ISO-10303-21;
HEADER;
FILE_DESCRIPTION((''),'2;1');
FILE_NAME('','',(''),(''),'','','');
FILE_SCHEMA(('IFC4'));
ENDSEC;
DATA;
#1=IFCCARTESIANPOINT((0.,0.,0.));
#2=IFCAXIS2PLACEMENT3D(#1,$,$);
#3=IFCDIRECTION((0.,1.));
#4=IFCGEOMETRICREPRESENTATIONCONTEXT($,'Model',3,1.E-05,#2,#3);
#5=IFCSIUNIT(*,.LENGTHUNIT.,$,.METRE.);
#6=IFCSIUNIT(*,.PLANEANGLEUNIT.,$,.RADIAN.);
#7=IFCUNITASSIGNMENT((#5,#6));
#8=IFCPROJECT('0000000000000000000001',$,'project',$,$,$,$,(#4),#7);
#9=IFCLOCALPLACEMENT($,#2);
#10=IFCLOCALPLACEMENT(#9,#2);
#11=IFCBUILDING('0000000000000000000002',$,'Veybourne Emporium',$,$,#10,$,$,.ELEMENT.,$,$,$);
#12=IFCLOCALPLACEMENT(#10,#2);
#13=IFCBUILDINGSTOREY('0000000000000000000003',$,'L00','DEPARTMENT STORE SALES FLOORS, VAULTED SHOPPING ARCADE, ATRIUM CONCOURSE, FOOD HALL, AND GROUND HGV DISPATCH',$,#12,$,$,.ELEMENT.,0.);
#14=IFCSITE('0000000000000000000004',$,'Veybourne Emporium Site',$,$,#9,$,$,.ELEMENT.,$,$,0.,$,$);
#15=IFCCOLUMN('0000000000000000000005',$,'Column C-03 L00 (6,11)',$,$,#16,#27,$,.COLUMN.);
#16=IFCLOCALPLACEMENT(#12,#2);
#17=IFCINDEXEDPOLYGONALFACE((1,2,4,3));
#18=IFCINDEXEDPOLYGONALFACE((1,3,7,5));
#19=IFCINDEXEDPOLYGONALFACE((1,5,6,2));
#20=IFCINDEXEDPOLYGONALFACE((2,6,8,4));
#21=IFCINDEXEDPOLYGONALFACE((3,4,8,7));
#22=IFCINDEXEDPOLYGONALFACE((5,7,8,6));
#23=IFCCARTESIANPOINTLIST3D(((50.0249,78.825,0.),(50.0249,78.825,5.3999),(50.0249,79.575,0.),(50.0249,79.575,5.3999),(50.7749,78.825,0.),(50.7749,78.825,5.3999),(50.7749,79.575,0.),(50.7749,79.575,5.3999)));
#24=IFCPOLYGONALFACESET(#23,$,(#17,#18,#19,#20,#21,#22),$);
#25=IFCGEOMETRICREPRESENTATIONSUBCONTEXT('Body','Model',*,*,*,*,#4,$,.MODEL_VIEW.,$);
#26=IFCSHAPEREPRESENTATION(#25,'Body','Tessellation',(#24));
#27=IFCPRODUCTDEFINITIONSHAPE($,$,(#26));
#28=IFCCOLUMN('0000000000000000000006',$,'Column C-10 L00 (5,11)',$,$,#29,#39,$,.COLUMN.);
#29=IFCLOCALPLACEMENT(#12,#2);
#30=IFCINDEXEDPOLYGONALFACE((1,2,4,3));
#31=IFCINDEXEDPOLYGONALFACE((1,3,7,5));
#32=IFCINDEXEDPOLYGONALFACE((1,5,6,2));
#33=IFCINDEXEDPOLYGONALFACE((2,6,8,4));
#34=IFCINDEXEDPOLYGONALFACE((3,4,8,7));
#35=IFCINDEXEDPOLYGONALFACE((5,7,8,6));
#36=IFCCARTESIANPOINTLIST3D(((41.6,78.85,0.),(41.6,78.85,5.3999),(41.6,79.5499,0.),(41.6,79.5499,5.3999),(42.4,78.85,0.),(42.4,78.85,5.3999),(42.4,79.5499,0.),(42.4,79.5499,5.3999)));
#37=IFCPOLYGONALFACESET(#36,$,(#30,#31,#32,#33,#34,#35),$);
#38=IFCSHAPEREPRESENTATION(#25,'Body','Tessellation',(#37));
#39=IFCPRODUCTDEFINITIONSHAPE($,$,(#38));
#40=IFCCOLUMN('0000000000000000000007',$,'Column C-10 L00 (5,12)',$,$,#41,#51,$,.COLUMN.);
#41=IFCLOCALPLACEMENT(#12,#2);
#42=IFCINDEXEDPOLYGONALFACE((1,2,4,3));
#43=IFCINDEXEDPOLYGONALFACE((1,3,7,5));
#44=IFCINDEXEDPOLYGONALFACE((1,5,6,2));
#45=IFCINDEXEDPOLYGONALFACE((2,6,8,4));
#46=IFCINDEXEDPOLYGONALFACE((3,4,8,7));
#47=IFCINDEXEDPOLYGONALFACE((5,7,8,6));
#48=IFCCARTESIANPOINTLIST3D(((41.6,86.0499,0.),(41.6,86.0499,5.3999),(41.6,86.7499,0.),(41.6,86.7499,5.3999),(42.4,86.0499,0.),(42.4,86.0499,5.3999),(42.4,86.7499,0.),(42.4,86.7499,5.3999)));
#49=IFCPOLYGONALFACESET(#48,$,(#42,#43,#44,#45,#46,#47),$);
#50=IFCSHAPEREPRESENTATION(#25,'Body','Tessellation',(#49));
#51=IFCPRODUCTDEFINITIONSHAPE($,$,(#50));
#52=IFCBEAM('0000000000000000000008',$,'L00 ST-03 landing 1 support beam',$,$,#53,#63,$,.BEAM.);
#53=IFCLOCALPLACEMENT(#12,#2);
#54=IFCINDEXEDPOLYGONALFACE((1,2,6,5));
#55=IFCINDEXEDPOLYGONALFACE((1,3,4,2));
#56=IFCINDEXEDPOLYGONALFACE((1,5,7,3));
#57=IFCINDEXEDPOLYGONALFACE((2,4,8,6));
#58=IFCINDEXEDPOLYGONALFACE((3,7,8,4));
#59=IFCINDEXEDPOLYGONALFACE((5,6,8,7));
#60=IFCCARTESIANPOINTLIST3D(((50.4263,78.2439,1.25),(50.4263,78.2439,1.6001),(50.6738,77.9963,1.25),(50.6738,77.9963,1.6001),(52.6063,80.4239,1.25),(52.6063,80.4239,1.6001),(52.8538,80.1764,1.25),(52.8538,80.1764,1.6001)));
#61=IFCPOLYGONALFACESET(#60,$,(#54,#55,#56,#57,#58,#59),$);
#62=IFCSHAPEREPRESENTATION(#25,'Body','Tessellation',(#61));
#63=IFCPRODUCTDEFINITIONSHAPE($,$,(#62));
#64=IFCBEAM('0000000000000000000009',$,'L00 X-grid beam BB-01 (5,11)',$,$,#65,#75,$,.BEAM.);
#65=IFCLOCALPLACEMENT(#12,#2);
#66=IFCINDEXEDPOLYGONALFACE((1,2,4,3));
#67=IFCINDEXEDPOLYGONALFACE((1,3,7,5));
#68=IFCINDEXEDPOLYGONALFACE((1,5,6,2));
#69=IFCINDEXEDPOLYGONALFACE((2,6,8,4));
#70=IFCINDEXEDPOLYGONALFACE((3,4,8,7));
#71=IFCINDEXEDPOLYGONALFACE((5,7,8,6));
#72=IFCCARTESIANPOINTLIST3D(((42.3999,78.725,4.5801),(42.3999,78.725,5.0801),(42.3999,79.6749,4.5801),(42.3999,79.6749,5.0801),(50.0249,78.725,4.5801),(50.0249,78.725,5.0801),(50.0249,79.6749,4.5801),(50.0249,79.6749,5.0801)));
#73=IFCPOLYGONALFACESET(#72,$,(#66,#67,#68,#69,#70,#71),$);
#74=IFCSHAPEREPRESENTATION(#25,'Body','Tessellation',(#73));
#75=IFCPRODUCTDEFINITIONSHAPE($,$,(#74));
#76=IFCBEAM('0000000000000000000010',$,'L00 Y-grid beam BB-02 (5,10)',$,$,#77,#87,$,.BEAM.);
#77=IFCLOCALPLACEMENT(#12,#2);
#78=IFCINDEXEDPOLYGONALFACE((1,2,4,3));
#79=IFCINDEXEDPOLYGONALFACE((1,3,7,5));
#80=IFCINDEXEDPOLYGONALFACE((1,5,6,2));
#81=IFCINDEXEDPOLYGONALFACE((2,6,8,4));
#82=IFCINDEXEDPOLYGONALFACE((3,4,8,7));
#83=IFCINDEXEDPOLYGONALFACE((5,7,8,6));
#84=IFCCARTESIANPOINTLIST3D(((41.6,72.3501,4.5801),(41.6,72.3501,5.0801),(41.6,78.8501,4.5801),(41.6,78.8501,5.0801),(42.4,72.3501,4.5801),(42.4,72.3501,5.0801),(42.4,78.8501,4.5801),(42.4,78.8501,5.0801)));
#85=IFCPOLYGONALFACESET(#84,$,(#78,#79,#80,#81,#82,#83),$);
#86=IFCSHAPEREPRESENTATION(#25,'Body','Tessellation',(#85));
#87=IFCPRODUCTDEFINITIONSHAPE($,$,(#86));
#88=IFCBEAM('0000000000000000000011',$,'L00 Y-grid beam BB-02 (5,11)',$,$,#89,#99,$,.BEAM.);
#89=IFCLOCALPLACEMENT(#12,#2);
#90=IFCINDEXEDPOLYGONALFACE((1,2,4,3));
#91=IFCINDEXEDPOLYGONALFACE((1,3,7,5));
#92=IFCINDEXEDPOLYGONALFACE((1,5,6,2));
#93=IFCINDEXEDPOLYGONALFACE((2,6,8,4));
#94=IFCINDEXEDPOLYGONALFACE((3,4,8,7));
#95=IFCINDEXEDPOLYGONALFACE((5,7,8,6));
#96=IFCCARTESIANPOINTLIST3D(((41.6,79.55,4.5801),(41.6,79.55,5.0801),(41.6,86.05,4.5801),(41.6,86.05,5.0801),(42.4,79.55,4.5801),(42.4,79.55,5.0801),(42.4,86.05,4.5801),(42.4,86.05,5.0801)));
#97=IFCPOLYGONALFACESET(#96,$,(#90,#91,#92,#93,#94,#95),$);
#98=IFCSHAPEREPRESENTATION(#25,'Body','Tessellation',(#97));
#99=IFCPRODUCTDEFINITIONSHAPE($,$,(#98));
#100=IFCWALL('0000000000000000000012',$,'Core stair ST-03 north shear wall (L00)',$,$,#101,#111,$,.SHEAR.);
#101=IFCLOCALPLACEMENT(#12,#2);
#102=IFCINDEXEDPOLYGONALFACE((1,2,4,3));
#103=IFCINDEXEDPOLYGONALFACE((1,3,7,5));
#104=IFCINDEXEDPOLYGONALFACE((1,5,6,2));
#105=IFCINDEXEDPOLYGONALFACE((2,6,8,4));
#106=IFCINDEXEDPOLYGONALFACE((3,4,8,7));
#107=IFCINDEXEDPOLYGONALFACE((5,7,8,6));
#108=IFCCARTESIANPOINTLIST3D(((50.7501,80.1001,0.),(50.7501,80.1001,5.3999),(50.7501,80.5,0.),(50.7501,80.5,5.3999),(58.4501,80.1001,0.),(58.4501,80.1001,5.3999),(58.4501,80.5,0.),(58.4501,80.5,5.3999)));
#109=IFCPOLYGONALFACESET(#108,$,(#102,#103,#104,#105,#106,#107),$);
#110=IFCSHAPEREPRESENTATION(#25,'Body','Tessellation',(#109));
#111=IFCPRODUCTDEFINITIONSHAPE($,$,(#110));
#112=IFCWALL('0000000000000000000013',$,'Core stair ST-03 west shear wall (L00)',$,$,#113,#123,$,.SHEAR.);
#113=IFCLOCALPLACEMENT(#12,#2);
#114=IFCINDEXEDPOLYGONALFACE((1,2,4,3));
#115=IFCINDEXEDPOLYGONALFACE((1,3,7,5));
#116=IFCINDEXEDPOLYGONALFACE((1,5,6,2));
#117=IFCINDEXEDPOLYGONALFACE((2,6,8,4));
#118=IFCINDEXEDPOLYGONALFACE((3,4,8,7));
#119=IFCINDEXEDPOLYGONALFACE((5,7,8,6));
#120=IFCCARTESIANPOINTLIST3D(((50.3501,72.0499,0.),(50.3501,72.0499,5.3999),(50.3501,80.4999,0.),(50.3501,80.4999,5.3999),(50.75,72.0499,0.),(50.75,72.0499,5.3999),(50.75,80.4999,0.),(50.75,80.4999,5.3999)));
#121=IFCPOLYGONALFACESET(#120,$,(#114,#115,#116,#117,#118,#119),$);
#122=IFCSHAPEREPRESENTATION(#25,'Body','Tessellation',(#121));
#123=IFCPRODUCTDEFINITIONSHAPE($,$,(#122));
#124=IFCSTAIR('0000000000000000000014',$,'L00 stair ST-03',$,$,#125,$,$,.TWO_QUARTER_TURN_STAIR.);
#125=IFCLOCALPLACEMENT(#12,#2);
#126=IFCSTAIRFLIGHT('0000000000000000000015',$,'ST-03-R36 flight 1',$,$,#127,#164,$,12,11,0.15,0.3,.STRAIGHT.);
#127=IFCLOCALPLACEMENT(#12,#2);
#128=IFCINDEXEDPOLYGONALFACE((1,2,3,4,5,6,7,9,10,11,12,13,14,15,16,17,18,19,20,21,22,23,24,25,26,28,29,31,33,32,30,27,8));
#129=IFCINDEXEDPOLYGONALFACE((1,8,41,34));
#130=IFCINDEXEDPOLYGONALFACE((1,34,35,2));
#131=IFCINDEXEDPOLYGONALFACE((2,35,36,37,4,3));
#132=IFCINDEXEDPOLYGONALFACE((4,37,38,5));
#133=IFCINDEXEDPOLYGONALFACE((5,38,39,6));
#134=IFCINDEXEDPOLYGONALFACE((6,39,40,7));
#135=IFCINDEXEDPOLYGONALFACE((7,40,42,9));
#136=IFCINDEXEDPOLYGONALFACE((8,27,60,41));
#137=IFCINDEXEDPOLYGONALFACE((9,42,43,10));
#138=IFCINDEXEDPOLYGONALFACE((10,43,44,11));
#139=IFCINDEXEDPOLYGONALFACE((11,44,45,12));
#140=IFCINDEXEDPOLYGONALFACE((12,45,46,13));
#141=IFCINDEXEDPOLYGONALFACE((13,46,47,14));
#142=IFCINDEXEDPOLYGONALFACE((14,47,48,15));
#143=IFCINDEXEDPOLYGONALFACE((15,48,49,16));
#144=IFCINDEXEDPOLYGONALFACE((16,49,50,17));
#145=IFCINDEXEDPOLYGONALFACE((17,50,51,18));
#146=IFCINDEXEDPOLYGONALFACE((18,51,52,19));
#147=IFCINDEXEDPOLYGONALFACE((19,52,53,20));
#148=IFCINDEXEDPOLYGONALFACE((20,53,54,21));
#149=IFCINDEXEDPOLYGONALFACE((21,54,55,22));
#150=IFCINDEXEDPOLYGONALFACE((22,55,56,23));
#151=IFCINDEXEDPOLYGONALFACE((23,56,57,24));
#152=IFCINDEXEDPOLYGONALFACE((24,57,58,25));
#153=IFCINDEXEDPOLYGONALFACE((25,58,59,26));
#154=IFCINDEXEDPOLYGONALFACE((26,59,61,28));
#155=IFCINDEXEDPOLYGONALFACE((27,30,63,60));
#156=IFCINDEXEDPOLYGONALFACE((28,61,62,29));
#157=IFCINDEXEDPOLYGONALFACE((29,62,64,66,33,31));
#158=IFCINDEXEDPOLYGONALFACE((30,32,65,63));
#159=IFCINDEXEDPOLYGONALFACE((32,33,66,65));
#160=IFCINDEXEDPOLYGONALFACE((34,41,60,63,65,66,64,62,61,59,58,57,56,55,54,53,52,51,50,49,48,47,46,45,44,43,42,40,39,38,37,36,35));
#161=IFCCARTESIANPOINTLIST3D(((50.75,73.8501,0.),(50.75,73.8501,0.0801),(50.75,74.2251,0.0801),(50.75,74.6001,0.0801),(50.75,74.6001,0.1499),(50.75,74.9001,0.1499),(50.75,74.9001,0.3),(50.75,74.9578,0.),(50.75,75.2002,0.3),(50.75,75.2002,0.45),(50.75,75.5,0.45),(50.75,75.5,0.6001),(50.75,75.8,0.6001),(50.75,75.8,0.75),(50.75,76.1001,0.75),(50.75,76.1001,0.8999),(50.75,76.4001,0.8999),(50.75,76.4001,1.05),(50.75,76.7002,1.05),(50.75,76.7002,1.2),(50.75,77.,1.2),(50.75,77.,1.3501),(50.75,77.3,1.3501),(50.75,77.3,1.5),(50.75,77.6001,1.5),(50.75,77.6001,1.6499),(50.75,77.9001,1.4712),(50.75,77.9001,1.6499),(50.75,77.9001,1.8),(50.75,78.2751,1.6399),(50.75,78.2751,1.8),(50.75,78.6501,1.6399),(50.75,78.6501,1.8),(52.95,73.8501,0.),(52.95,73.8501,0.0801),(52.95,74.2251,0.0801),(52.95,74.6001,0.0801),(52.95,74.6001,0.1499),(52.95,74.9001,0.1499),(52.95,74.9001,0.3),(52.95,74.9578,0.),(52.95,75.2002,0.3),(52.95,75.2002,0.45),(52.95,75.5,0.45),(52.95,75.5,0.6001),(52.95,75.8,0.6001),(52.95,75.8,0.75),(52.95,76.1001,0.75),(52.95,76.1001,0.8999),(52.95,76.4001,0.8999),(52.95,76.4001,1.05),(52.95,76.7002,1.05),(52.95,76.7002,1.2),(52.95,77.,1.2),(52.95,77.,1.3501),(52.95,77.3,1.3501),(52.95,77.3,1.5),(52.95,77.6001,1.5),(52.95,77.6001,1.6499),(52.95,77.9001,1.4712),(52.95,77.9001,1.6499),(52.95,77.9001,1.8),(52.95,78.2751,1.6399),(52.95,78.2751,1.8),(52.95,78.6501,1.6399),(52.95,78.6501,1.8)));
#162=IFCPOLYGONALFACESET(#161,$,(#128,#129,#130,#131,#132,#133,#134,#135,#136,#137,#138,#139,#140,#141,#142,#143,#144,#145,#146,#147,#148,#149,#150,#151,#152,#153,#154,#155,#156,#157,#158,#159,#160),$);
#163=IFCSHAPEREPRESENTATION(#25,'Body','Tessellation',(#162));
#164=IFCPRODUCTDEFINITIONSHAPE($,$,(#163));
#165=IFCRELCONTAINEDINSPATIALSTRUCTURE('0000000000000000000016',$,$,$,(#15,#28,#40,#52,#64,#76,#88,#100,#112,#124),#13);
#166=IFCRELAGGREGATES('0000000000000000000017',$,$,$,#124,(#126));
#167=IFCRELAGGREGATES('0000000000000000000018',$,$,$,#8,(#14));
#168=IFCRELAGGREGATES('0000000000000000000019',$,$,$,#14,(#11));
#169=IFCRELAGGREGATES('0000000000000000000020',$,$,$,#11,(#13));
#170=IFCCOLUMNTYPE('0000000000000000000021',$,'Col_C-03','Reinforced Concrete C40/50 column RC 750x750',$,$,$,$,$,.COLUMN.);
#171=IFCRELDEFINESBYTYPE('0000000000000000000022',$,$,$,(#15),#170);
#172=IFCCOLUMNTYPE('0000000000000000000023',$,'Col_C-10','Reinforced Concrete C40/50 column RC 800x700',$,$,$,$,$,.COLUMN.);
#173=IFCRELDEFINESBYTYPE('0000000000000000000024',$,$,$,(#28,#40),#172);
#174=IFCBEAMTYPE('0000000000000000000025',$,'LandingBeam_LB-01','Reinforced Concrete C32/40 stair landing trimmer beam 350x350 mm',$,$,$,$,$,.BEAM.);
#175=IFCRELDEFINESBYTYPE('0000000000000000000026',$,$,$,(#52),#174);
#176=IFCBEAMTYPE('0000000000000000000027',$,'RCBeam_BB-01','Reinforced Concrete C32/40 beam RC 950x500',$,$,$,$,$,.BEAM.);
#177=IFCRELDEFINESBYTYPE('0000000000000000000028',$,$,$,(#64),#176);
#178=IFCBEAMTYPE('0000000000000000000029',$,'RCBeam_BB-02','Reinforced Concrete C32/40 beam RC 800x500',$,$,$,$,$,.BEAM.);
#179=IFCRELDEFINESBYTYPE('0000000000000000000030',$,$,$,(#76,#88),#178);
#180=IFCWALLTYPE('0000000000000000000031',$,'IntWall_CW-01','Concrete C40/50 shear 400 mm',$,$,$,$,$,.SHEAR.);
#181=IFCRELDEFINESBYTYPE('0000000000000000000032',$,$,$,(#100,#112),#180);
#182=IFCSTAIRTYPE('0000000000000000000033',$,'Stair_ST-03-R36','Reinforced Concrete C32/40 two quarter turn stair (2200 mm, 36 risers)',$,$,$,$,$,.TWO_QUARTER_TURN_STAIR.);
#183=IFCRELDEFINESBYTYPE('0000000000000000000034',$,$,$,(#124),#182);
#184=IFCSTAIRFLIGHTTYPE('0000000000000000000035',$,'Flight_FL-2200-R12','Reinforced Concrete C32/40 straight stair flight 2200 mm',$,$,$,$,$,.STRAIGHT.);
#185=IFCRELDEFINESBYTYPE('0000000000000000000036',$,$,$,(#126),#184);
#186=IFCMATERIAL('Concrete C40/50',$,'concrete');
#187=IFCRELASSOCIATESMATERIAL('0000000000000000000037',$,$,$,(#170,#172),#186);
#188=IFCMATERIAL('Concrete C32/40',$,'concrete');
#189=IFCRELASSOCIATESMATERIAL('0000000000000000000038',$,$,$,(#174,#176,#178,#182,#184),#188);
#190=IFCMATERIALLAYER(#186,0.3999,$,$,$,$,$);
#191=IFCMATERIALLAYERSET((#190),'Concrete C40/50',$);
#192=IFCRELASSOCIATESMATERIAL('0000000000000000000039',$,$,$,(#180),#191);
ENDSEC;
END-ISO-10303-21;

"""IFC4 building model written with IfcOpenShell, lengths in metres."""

from ifc_helpers import new_model, si_unit, direction, frame, frame_2d, origin, origin_2d, place, context, subcontext, project, spatial, polyline, rectangle, outline, extrude, material, layer, layer_set, material_profile, profile_set, type_object, element, aggregate, save


model = new_model("IFC4")

# Units and contexts
model_context = context("Model", 3, precision=1e-05, world=origin(), true_north=direction((0.0, 1.0)))
body_context = subcontext(model_context, "Body", "Model", "MODEL_VIEW")
ifc_project = project(units=[si_unit("LENGTHUNIT", "METRE"), si_unit("PLANEANGLEUNIT", "RADIAN")], contexts=[model_context])

# Site, building, storey
site_placement = place(None, origin())
site = spatial("IfcSite", under=ifc_project, at=site_placement, Name="Veybourne Emporium Site", CompositionType="ELEMENT", RefElevation=0.0)
building_placement = place(site_placement, origin())
building = spatial("IfcBuilding", under=site, at=building_placement, Name="Veybourne Emporium", CompositionType="ELEMENT")
storey_placement = place(building_placement, origin())
storey = spatial("IfcBuildingStorey", under=building, at=storey_placement, Name="L00", Description="DEPARTMENT STORE SALES FLOORS, VAULTED SHOPPING ARCADE, ATRIUM CONCOURSE, FOOD HALL, AND GROUND HGV DISPATCH", CompositionType="ELEMENT", Elevation=0.0)

# Columns
ifc_material_1 = material(Name="Concrete C40/50", Category="concrete")
ifc_material_profile_1 = material_profile(ifc_material_1, rectangle(XDim=0.75, YDim=0.75, at=origin_2d()), Name="RC 750x750")
ifc_profile_set_1 = profile_set([ifc_material_profile_1], Name="Concrete C40/50")
column_type_1 = type_object("IfcColumnType", Name="Col_C-03", Description="Reinforced Concrete C40/50 column RC 750x750", PredefinedType="COLUMN", material=ifc_profile_set_1)
column_placement = place(storey_placement, frame((50.3999, 79.2, 0.0), z_axis=(0.0, 0.0, 1.0), x_axis=(1.0, 0.0, 0.0)))
element("IfcColumn", 1, at=column_placement, inside=storey, type_object=column_type_1, Name="Column C-03 L00 (6,11)", PredefinedType="COLUMN", context=body_context, shape_type="SweptSolid", body=[
    extrude(rectangle(XDim=0.75, YDim=0.75, at=origin_2d()), origin(), (0.0, 0.0, 1.0), 5.3999),
])
ifc_material_profile_2 = material_profile(ifc_material_1, rectangle(XDim=0.8, YDim=0.7, at=origin_2d()), Name="RC 800x700")
ifc_profile_set_2 = profile_set([ifc_material_profile_2], Name="Concrete C40/50")
column_type_2 = type_object("IfcColumnType", Name="Col_C-10", Description="Reinforced Concrete C40/50 column RC 800x700", PredefinedType="COLUMN", material=ifc_profile_set_2)
for number, where, z_axis, x_axis, name in (
    (2, (42.0, 79.2, 0.0), (0.0, 0.0, 1.0), (1.0, 0.0, 0.0), "Column C-10 L00 (5,11)"),
    (3, (42.0, 86.3999, 0.0), (0.0, 0.0, 1.0), (1.0, 0.0, 0.0), "Column C-10 L00 (5,12)"),
):
    element("IfcColumn", number, at=place(storey_placement, frame(where, z_axis=z_axis, x_axis=x_axis)), inside=storey, type_object=column_type_2, Name=name, PredefinedType="COLUMN", context=body_context, shape_type="SweptSolid", body=[
        extrude(rectangle(XDim=0.8, YDim=0.7, at=origin_2d()), origin(), (0.0, 0.0, 1.0), 5.3999),
    ])

# Beams
ifc_material_2 = material(Name="Concrete C32/40", Category="concrete")
ifc_material_profile_3 = material_profile(ifc_material_2, rectangle(XDim=0.3501, YDim=0.3501, at=origin_2d()), Name="RC 350x350")
ifc_profile_set_3 = profile_set([ifc_material_profile_3], Name="Concrete C32/40")
beam_type_1 = type_object("IfcBeamType", Name="LandingBeam_LB-01", Description="Reinforced Concrete C32/40 stair landing trimmer beam 350x350 mm", PredefinedType="BEAM", material=ifc_profile_set_3)
beam_1_placement = place(storey_placement, frame((50.55, 78.1201, 1.425), z_axis=(0.707107, 0.707107, 0.0), x_axis=(-0.707107, 0.707107, 0.0)))
element("IfcBeam", 4, at=beam_1_placement, inside=storey, type_object=beam_type_1, Name="L00 ST-03 landing 1 support beam", PredefinedType="BEAM", context=body_context, shape_type="SweptSolid", body=[
    extrude(rectangle(XDim=0.3501, YDim=0.3501, at=origin_2d()), origin(), (0.0, 0.0, 1.0), 3.083),
])
ifc_material_profile_4 = material_profile(ifc_material_2, rectangle(XDim=0.95, YDim=0.5, at=origin_2d()), Name="RC 950x500")
ifc_profile_set_4 = profile_set([ifc_material_profile_4], Name="Concrete C32/40")
beam_type_2 = type_object("IfcBeamType", Name="RCBeam_BB-01", Description="Reinforced Concrete C32/40 beam RC 950x500", PredefinedType="BEAM", material=ifc_profile_set_4)
beam_2_placement = place(storey_placement, frame((42.3999, 79.2, 4.8301), z_axis=(1.0, 0.0, 0.0), x_axis=(0.0, 1.0, 0.0)))
element("IfcBeam", 5, at=beam_2_placement, inside=storey, type_object=beam_type_2, Name="L00 X-grid beam BB-01 (5,11)", PredefinedType="BEAM", context=body_context, shape_type="SweptSolid", body=[
    extrude(rectangle(XDim=0.95, YDim=0.5, at=origin_2d()), origin(), (0.0, 0.0, 1.0), 7.625),
])
ifc_material_profile_5 = material_profile(ifc_material_2, rectangle(XDim=0.8, YDim=0.5, at=origin_2d()), Name="RC 800x500")
ifc_profile_set_5 = profile_set([ifc_material_profile_5], Name="Concrete C32/40")
beam_type_3 = type_object("IfcBeamType", Name="RCBeam_BB-02", Description="Reinforced Concrete C32/40 beam RC 800x500", PredefinedType="BEAM", material=ifc_profile_set_5)
for number, where, z_axis, x_axis, name in (
    (6, (42.0, 72.3501, 4.8301), (0.0, 1.0, 0.0), (-1.0, 0.0, 0.0), "L00 Y-grid beam BB-02 (5,10)"),
    (7, (42.0, 79.55, 4.8301), (0.0, 1.0, 0.0), (-1.0, 0.0, 0.0), "L00 Y-grid beam BB-02 (5,11)"),
):
    element("IfcBeam", number, at=place(storey_placement, frame(where, z_axis=z_axis, x_axis=x_axis)), inside=storey, type_object=beam_type_3, Name=name, PredefinedType="BEAM", context=body_context, shape_type="SweptSolid", body=[
        extrude(rectangle(XDim=0.8, YDim=0.5, at=origin_2d()), origin(), (0.0, 0.0, 1.0), 6.5),
    ])

# Walls
ifc_layer_1 = layer(ifc_material_1, 0.3999)
ifc_layer_set_1 = layer_set([ifc_layer_1], Name="Concrete C40/50")
wall_type_1 = type_object("IfcWallType", Name="IntWall_CW-01", Description="Concrete C40/50 shear 400 mm", PredefinedType="SHEAR", material=ifc_layer_set_1)
wall_1_placement = place(storey_placement, frame((50.75, 80.3, 0.0), z_axis=(0.0, 0.0, 1.0), x_axis=(1.0, 0.0, 0.0)))
element("IfcWall", 8, at=wall_1_placement, inside=storey, type_object=wall_type_1, Name="Core stair ST-03 north shear wall (L00)", PredefinedType="SHEAR", context=body_context, shape_type="SweptSolid", body=[
    extrude(rectangle(XDim=7.7, YDim=0.3999, at=frame_2d((3.8501, 0.0))), origin(), (0.0, 0.0, 1.0), 5.3999),
])
wall_2_placement = place(storey_placement, frame((50.55, 80.5, 0.0), z_axis=(0.0, 0.0, 1.0), x_axis=(0.0, -1.0, 0.0)))
element("IfcWall", 9, at=wall_2_placement, inside=storey, type_object=wall_type_1, Name="Core stair ST-03 west shear wall (L00)", PredefinedType="SHEAR", context=body_context, shape_type="SweptSolid", body=[
    extrude(rectangle(XDim=8.45, YDim=0.3999, at=frame_2d((4.2251, 0.0))), origin(), (0.0, 0.0, 1.0), 5.3999),
])

# Stair, stair flight
stair_type = type_object("IfcStairType", Name="Stair_ST-03-R36", Description="Reinforced Concrete C32/40 two quarter turn stair (2200 mm, 36 risers)", PredefinedType="TWO_QUARTER_TURN_STAIR", material=ifc_material_2)
stair_placement = place(storey_placement, origin())
stair = element("IfcStair", 10, at=stair_placement, inside=storey, type_object=stair_type, Name="L00 stair ST-03", PredefinedType="TWO_QUARTER_TURN_STAIR")
stair_flight_type = type_object("IfcStairFlightType", Name="Flight_FL-2200-R12", Description="Reinforced Concrete C32/40 straight stair flight 2200 mm", PredefinedType="STRAIGHT", material=ifc_material_2)
stair_flight_1_placement = place(storey_placement, frame((51.8501, 74.6001, 0.0), z_axis=(0.0, 0.0, 1.0), x_axis=(0.0, 1.0, 0.0)))
stair_flight_1 = element("IfcStairFlight", 11, at=stair_flight_1_placement, type_object=stair_flight_type, Name="ST-03-R36 flight 1", NumberOfRisers=12, NumberOfTreads=11, PredefinedType="STRAIGHT", RiserHeight=0.15, TreadLength=0.3, context=body_context, shape_type="SweptSolid", body=[
    extrude(outline(polyline([(-0.75, 0.0), (-0.75, 0.0801), (-0.375, 0.0801), (0.0, 0.0801), (0.0, 0.1499), (0.3, 0.1499), (0.3, 0.3), (0.6001, 0.3), (0.6001, 0.45), (0.8999, 0.45), (0.8999, 0.6001), (1.2, 0.6001), (1.2, 0.75), (1.5, 0.75), (1.5, 0.8999), (1.8, 0.8999), (1.8, 1.05), (2.1001, 1.05), (2.1001, 1.2), (2.3999, 1.2), (2.3999, 1.3501), (2.7, 1.3501), (2.7, 1.5), (3.0, 1.5), (3.0, 1.6499), (3.3, 1.6499), (3.3, 1.8), (3.675, 1.8), (4.05, 1.8), (4.05, 1.6399), (3.675, 1.6399), (3.3, 1.4712), (0.3577, 0.0), (-0.75, 0.0)])), frame((0.0, 1.1001, 0.0), z_axis=(0.0, -1.0, 0.0), x_axis=(1.0, 0.0, 0.0)), (0.0, 0.0, 1.0), 2.2),
])
aggregate(stair, [stair_flight_1])

save(model, "model.ifc")
